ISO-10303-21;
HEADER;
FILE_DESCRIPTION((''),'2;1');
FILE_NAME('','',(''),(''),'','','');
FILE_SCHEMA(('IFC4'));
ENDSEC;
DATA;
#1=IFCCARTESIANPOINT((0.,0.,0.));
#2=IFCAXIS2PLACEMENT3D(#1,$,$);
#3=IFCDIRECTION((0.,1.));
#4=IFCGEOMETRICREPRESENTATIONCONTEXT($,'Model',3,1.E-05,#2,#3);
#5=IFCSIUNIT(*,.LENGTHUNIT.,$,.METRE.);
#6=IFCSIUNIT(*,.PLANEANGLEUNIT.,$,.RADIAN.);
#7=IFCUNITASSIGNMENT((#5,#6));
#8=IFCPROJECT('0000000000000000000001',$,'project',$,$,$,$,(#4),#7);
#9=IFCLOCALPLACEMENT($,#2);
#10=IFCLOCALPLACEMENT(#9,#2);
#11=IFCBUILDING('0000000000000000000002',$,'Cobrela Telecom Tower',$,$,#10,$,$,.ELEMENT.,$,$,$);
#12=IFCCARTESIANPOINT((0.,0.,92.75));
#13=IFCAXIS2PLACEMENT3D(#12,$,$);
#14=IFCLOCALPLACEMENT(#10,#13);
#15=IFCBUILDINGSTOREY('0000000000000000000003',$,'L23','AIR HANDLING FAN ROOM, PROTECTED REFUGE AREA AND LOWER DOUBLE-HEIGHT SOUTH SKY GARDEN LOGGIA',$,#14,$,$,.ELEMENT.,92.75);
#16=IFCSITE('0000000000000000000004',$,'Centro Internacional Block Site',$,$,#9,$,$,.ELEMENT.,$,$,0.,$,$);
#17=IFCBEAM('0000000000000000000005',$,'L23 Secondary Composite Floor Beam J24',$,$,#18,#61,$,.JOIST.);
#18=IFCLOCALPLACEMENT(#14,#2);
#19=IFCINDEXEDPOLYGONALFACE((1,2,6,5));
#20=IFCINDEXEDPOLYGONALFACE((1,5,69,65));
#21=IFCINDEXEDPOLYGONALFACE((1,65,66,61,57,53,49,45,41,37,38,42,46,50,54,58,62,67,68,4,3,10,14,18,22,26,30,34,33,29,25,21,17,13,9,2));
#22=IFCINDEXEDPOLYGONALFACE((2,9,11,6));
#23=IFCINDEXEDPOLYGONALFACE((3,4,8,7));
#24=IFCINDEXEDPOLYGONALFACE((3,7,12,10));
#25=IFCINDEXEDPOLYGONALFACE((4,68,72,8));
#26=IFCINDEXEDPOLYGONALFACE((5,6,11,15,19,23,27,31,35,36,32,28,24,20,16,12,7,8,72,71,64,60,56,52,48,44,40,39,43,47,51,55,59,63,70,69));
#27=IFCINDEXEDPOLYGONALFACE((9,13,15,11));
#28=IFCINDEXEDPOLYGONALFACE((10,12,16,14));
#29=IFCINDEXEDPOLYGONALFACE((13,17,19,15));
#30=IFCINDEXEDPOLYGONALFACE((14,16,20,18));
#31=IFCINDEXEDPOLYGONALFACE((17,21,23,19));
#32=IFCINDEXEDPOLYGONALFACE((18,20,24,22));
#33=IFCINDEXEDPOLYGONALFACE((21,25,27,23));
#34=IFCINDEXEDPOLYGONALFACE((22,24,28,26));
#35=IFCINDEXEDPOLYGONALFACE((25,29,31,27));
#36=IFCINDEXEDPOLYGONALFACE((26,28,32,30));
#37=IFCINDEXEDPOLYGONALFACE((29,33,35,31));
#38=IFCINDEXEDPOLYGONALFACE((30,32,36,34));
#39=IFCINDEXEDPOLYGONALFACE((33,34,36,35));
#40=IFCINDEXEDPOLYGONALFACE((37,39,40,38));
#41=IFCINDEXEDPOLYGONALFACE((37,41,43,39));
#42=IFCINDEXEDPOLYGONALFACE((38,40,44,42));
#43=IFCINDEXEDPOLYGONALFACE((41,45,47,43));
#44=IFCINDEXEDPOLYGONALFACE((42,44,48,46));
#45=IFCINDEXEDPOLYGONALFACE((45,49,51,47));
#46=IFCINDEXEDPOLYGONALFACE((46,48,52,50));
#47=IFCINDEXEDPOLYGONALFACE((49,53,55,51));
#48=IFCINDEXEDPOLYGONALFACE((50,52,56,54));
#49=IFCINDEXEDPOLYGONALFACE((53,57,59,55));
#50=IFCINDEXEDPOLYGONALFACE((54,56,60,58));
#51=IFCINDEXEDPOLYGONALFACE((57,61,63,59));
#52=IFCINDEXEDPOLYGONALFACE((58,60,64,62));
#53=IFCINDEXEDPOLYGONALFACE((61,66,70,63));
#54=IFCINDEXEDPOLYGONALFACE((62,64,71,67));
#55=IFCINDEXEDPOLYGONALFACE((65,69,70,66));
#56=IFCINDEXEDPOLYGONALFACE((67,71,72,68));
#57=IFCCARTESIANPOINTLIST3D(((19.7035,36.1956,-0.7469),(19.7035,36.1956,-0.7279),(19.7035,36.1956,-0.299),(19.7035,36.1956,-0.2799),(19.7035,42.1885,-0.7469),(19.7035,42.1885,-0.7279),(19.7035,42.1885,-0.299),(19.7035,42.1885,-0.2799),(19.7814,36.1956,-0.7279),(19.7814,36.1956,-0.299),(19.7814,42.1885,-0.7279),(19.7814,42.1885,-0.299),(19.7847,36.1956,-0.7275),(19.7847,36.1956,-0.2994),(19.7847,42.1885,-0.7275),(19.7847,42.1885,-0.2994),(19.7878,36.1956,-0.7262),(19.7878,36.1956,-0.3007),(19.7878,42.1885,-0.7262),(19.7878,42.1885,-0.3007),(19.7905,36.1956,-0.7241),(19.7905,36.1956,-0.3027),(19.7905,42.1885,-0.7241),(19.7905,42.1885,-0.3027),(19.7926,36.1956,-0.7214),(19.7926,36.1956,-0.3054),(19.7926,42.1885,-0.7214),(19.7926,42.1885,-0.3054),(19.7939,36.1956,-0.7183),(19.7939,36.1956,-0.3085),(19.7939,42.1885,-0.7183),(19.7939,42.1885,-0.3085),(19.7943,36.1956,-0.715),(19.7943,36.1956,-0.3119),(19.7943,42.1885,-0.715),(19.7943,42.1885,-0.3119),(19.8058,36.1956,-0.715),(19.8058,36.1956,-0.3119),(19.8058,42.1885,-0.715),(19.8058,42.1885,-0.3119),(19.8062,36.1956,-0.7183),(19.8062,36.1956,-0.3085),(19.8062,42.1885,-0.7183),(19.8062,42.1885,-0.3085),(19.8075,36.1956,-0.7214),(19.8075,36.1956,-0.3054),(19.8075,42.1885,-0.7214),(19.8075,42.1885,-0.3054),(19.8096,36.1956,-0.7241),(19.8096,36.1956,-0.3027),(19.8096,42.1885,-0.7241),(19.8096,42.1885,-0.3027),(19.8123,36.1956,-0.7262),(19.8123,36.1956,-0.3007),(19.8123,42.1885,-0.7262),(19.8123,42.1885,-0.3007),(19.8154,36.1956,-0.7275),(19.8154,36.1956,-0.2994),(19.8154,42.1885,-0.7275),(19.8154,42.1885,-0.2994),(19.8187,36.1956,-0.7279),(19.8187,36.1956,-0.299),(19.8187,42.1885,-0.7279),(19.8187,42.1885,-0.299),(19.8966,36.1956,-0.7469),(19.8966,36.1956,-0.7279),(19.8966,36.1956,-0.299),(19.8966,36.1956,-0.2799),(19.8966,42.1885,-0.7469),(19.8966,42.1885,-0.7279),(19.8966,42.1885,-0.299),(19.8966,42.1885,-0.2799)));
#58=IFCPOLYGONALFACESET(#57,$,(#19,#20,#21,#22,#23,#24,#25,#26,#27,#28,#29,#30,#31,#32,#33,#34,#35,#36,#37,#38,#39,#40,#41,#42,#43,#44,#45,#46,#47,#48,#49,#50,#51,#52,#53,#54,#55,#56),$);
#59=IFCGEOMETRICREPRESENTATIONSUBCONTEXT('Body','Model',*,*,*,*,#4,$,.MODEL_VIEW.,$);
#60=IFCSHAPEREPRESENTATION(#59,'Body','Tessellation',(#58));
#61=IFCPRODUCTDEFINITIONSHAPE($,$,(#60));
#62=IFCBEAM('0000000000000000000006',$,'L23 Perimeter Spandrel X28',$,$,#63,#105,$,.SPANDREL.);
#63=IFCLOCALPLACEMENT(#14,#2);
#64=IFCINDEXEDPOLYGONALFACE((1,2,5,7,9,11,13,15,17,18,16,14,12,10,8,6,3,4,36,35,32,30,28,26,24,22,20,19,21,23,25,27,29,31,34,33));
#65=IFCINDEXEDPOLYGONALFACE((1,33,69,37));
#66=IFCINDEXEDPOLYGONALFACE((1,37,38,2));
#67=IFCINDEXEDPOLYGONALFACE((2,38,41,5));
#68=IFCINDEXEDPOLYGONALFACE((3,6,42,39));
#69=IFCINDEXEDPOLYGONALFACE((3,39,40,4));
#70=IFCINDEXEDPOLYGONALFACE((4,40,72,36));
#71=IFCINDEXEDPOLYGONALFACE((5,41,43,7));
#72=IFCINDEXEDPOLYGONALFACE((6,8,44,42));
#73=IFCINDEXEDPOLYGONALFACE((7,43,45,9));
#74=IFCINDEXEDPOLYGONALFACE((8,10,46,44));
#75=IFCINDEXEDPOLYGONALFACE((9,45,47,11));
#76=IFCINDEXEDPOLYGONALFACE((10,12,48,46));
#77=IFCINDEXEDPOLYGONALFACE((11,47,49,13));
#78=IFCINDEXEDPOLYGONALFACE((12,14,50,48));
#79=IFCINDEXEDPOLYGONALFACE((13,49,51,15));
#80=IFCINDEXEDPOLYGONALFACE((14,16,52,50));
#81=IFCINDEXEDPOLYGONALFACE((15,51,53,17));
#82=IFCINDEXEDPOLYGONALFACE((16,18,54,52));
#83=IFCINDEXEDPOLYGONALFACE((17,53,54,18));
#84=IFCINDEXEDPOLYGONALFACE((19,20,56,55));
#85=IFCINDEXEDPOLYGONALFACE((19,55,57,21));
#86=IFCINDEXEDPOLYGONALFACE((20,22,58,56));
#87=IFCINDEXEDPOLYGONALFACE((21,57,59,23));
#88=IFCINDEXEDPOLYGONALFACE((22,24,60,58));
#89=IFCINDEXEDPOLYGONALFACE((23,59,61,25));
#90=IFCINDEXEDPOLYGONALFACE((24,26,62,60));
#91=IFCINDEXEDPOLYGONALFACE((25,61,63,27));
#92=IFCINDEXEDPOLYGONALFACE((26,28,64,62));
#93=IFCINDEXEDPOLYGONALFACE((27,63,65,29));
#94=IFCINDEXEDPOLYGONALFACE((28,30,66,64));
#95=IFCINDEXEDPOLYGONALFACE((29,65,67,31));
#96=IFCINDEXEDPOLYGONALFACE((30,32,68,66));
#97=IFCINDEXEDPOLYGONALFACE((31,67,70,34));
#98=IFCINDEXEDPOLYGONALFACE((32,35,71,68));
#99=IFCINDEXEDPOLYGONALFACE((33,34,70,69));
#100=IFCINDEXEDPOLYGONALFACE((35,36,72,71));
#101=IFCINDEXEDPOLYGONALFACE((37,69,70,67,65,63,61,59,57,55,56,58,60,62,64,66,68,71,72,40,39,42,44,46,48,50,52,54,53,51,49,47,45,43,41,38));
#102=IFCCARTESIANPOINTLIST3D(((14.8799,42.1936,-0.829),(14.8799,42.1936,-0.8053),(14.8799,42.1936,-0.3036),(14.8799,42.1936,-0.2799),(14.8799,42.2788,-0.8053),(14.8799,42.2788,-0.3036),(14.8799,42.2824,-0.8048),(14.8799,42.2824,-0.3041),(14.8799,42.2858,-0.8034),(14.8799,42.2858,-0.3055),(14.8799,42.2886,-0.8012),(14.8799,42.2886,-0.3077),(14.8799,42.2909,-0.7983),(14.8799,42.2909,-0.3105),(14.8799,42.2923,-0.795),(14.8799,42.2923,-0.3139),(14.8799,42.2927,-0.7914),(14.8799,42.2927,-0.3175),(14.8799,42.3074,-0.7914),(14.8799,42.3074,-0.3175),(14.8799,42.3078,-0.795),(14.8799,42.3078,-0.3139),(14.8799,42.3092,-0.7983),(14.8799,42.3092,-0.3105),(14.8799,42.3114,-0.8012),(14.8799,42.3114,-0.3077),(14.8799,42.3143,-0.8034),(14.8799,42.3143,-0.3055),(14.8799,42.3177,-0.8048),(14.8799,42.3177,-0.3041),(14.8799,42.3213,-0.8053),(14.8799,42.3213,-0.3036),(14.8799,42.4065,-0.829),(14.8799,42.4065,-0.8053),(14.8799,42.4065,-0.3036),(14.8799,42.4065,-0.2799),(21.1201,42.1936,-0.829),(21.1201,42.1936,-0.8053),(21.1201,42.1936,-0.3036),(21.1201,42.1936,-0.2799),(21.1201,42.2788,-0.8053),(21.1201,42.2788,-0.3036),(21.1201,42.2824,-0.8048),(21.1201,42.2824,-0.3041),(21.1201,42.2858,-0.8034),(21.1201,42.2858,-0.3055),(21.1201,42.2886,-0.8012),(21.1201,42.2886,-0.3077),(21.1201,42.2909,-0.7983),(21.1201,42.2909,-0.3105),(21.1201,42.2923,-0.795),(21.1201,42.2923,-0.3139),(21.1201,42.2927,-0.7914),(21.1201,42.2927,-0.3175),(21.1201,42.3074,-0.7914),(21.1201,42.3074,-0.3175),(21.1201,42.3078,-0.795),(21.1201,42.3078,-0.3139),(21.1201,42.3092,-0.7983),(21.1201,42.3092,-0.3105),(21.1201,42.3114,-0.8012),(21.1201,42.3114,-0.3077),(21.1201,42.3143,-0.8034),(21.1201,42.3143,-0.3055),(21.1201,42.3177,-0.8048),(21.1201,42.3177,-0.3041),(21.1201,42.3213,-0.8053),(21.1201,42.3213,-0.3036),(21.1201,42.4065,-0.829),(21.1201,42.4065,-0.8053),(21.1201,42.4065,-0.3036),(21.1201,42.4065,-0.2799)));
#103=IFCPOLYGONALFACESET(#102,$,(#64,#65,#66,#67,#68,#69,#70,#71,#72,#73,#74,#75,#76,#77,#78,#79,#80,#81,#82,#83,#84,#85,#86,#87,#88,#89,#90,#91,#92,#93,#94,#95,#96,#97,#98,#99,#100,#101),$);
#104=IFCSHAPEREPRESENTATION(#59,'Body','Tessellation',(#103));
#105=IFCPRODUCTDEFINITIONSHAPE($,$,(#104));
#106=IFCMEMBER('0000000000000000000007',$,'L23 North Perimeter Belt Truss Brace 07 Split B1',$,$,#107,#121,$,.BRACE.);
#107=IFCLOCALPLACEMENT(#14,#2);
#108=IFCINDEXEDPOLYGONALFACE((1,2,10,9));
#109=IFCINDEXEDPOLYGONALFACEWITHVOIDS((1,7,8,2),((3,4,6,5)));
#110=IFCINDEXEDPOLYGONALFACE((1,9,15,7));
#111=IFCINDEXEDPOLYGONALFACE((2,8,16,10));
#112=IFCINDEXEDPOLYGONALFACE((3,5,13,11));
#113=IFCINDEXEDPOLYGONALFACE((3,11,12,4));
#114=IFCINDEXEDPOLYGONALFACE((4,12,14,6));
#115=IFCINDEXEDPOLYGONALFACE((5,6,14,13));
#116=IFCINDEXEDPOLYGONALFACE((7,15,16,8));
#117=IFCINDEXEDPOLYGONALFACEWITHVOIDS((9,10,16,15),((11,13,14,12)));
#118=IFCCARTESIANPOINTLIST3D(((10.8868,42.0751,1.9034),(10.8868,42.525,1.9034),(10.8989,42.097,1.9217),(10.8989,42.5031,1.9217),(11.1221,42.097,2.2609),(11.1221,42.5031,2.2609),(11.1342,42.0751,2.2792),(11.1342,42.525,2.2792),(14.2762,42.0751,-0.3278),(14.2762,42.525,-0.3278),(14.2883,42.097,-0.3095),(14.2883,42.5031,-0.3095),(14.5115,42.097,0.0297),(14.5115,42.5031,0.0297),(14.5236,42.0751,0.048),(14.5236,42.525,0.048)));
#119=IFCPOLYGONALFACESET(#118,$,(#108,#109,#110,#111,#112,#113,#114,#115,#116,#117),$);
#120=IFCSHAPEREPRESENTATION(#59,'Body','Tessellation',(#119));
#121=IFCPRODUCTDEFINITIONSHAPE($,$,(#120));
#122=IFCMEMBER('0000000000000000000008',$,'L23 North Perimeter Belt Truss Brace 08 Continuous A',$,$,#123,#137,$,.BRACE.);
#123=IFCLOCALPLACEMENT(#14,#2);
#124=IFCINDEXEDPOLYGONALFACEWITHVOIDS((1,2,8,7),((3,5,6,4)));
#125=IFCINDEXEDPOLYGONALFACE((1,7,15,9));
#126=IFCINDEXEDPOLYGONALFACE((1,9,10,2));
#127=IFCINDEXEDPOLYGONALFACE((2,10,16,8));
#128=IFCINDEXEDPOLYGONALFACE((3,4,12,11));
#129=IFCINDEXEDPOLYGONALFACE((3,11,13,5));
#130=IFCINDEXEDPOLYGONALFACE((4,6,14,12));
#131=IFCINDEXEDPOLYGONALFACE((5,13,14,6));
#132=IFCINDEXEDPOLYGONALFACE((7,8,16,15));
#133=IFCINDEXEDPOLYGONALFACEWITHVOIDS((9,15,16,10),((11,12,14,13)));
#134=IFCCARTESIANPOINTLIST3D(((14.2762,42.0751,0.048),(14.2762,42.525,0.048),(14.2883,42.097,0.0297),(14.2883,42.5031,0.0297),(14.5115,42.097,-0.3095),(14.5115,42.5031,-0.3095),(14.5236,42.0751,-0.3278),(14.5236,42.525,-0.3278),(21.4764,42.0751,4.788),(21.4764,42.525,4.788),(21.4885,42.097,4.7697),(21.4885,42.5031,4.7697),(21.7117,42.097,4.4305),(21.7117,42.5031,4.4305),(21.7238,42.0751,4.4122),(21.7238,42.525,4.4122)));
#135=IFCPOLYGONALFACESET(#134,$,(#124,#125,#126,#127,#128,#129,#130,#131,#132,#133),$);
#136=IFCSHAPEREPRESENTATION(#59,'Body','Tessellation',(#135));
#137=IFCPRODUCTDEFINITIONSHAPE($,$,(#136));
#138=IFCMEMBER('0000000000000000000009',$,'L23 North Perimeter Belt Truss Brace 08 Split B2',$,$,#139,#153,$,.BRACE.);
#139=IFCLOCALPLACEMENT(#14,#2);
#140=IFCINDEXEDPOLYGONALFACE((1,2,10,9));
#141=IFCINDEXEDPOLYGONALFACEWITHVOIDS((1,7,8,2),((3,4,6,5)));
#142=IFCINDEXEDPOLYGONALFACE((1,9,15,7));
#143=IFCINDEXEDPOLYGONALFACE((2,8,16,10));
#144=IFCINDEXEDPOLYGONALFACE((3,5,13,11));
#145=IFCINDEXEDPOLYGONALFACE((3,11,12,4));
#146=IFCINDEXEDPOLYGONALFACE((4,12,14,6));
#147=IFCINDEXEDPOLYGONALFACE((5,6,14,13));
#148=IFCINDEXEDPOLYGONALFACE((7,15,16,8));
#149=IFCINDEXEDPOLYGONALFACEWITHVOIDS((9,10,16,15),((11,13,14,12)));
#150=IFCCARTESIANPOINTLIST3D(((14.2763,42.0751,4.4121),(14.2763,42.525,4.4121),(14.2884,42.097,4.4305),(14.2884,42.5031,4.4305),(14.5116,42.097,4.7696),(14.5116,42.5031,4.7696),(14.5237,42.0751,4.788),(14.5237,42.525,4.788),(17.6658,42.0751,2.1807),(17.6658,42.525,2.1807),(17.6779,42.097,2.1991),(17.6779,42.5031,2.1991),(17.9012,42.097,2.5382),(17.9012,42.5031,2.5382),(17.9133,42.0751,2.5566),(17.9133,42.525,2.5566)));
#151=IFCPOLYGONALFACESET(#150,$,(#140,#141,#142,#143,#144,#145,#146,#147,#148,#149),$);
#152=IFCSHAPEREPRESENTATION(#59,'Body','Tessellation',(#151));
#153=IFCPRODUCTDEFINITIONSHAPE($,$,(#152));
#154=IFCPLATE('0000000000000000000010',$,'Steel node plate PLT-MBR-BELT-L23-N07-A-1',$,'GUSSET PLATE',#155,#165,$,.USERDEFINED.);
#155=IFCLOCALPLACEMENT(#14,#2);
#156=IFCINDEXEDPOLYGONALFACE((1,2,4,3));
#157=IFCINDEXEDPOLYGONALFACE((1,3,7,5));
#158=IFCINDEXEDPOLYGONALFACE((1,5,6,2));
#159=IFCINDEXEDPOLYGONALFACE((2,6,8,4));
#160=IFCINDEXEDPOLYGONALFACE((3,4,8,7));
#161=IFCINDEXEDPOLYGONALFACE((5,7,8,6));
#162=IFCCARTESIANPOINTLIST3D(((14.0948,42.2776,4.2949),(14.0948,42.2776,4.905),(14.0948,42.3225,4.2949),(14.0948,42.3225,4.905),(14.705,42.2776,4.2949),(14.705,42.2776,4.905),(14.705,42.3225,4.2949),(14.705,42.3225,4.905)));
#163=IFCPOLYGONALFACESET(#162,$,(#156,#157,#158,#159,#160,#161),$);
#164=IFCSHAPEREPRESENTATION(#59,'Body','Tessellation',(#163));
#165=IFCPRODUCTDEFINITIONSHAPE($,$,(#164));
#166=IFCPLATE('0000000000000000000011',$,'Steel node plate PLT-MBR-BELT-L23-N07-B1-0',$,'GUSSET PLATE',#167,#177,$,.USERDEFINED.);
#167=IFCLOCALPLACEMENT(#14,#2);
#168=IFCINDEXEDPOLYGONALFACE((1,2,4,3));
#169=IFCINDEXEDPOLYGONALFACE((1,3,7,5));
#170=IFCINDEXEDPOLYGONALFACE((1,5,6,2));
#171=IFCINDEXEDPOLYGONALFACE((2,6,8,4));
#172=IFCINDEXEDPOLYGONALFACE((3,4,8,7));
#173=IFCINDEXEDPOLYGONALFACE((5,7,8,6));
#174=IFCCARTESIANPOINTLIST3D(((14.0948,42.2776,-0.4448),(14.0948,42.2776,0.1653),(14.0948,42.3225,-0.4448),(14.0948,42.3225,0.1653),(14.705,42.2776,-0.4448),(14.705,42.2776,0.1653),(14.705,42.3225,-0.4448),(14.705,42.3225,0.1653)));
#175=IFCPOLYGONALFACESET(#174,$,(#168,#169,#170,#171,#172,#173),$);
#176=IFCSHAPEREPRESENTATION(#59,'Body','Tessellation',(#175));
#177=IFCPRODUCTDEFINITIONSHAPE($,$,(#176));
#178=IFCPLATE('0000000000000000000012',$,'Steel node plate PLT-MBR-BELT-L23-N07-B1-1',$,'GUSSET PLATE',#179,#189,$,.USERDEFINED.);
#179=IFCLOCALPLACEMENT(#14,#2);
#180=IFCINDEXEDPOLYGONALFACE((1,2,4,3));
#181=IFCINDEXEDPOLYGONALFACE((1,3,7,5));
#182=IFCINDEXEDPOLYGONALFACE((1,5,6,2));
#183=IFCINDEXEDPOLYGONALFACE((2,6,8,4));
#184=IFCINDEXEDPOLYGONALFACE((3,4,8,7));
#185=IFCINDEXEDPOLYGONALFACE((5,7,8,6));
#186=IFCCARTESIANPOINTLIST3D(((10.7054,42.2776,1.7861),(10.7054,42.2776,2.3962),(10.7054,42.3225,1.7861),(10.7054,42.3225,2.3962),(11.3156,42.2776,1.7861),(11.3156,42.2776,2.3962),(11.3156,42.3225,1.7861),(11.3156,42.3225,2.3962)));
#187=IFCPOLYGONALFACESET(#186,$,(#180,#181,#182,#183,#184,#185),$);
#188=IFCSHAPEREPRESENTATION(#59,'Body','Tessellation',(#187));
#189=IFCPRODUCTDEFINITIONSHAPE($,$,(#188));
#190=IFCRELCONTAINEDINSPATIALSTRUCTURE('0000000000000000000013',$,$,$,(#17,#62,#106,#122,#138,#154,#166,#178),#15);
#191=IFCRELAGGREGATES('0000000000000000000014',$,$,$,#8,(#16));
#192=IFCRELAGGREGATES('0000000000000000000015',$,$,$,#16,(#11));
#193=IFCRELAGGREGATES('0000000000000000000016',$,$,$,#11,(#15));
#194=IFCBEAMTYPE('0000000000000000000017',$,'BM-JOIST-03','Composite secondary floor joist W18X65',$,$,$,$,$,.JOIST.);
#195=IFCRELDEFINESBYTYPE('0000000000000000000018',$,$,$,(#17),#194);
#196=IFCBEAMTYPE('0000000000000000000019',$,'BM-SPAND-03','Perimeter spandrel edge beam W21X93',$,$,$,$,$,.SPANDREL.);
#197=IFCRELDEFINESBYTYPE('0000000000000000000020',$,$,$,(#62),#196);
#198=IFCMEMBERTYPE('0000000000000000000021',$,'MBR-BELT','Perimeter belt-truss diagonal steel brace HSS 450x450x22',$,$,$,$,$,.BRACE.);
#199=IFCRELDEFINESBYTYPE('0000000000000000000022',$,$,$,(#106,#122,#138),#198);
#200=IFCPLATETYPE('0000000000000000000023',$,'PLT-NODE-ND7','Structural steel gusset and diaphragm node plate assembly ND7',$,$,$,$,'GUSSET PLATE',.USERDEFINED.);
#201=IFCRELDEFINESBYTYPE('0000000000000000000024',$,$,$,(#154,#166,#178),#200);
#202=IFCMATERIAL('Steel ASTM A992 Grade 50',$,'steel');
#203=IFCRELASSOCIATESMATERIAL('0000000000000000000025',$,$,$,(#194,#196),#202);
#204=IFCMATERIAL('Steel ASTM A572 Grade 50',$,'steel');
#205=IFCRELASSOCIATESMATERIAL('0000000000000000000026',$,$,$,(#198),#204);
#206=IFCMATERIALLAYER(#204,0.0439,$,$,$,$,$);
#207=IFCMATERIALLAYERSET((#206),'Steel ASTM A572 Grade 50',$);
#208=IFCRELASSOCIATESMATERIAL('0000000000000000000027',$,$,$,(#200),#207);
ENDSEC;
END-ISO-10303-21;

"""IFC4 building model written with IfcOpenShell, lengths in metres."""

from ifc_helpers import new_model, si_unit, direction, frame, origin, origin_2d, place, context, subcontext, project, spatial, rectangle, hollow_rectangle, i_section, extrude, material, layer, layer_set, material_profile, profile_set, type_object, element, save


model = new_model("IFC4")

# Units and contexts
model_context = context("Model", 3, precision=1e-05, world=origin(), true_north=direction((0.0, 1.0)))
body_context = subcontext(model_context, "Body", "Model", "MODEL_VIEW")
ifc_project = project(units=[si_unit("LENGTHUNIT", "METRE"), si_unit("PLANEANGLEUNIT", "RADIAN")], contexts=[model_context])

# Site, building, storey
site_placement = place(None, origin())
site = spatial("IfcSite", under=ifc_project, at=site_placement, Name="Centro Internacional Block Site", CompositionType="ELEMENT", RefElevation=0.0)
building_placement = place(site_placement, origin())
building = spatial("IfcBuilding", under=site, at=building_placement, Name="Cobrela Telecom Tower", CompositionType="ELEMENT")
storey_placement = place(building_placement, frame((0.0, 0.0, 92.75)))
storey = spatial("IfcBuildingStorey", under=building, at=storey_placement, Name="L23", Description="AIR HANDLING FAN ROOM, PROTECTED REFUGE AREA AND LOWER DOUBLE-HEIGHT SOUTH SKY GARDEN LOGGIA", CompositionType="ELEMENT", Elevation=92.75)

# Shared definitions
ifc_material_1 = material(Name="Steel ASTM A992 Grade 50", Category="steel")
ifc_material_2 = material(Name="Steel ASTM A572 Grade 50", Category="steel")

# Beams
ifc_material_profile_1 = material_profile(ifc_material_1, i_section(OverallWidth=0.1931, OverallDepth=0.467, WebThickness=0.0115, FlangeThickness=0.019, FilletRadius=0.0129, at=origin_2d()), Name="W18X65")
ifc_profile_set_1 = profile_set([ifc_material_profile_1], Name="Steel ASTM A992 Grade 50")
beam_type_1 = type_object("IfcBeamType", Name="BM-JOIST-03", Description="Composite secondary floor joist W18X65", PredefinedType="JOIST", material=ifc_profile_set_1)
for number, where, z_axis, x_axis, name in (
    (1, (19.8, 36.1956, -0.5134), (0.0, 1.0, 0.0), (-1.0, 0.0, 0.0), "L23 Secondary Composite Floor Beam J24"),
):
    element("IfcBeam", number, at=place(storey_placement, frame(where, z_axis=z_axis, x_axis=x_axis)), inside=storey, type_object=beam_type_1, Name=name, PredefinedType="JOIST", context=body_context, shape_type="SweptSolid", body=[
        extrude(i_section(OverallWidth=0.1931, OverallDepth=0.467, WebThickness=0.0115, FlangeThickness=0.019, FilletRadius=0.0129, at=origin_2d()), origin(), (0.0, 0.0, 1.0), 5.9929),
    ])
ifc_material_profile_2 = material_profile(ifc_material_1, i_section(OverallWidth=0.2129, OverallDepth=0.5491, WebThickness=0.0146, FlangeThickness=0.0237, FilletRadius=0.0139, at=origin_2d()), Name="W21X93")
ifc_profile_set_2 = profile_set([ifc_material_profile_2], Name="Steel ASTM A992 Grade 50")
beam_type_2 = type_object("IfcBeamType", Name="BM-SPAND-03", Description="Perimeter spandrel edge beam W21X93", PredefinedType="SPANDREL", material=ifc_profile_set_2)
beam_1_placement = place(storey_placement, frame((14.8799, 42.3, -0.5544), z_axis=(1.0, 0.0, 0.0), x_axis=(0.0, 1.0, 0.0)))
element("IfcBeam", 2, at=beam_1_placement, inside=storey, type_object=beam_type_2, Name="L23 Perimeter Spandrel X28", PredefinedType="SPANDREL", context=body_context, shape_type="SweptSolid", body=[
    extrude(i_section(OverallWidth=0.2129, OverallDepth=0.5491, WebThickness=0.0146, FlangeThickness=0.0237, FilletRadius=0.0139, at=origin_2d()), origin(), (0.0, 0.0, 1.0), 6.2402),
])

# Members
ifc_material_profile_3 = material_profile(ifc_material_2, hollow_rectangle(XDim=0.45, YDim=0.45, WallThickness=0.022, at=origin_2d()), Name="HSS 450x450x22")
ifc_profile_set_3 = profile_set([ifc_material_profile_3], Name="Steel ASTM A572 Grade 50")
member_type = type_object("IfcMemberType", Name="MBR-BELT", Description="Perimeter belt-truss diagonal steel brace HSS 450x450x22", PredefinedType="BRACE", material=ifc_profile_set_3)
member_1_placement = place(storey_placement, frame((14.3999, 42.3, -0.1399), z_axis=(-0.835267, 0.0, 0.549845), x_axis=(0.0, -1.0, 0.0)))
element("IfcMember", 3, at=member_1_placement, inside=storey, type_object=member_type, Name="L23 North Perimeter Belt Truss Brace 07 Split B1", PredefinedType="BRACE", context=body_context, shape_type="SweptSolid", body=[
    extrude(hollow_rectangle(XDim=0.45, YDim=0.45, WallThickness=0.022, at=origin_2d()), origin(), (0.0, 0.0, 1.0), 4.0579),
])
member_2_placement = place(storey_placement, frame((14.3999, 42.3, -0.1399), z_axis=(0.835256, 0.0, 0.549861), x_axis=(0.0, 1.0, 0.0)))
element("IfcMember", 4, at=member_2_placement, inside=storey, type_object=member_type, Name="L23 North Perimeter Belt Truss Brace 08 Continuous A", PredefinedType="BRACE", context=body_context, shape_type="SweptSolid", body=[
    extrude(hollow_rectangle(XDim=0.45, YDim=0.45, WallThickness=0.022, at=origin_2d()), origin(), (0.0, 0.0, 1.0), 8.6204),
])
member_3_placement = place(storey_placement, frame((17.7896, 42.3, 2.3687), z_axis=(-0.835257, 0.0, 0.54986), x_axis=(0.0, -1.0, 0.0)))
element("IfcMember", 5, at=member_3_placement, inside=storey, type_object=member_type, Name="L23 North Perimeter Belt Truss Brace 08 Split B2", PredefinedType="BRACE", context=body_context, shape_type="SweptSolid", body=[
    extrude(hollow_rectangle(XDim=0.45, YDim=0.45, WallThickness=0.022, at=origin_2d()), origin(), (0.0, 0.0, 1.0), 4.0581),
])

# Plates
ifc_layer_1 = layer(ifc_material_2, 0.0439)
ifc_layer_set_1 = layer_set([ifc_layer_1], Name="Steel ASTM A572 Grade 50")
plate_type = type_object("IfcPlateType", Name="PLT-NODE-ND7", Description="Structural steel gusset and diaphragm node plate assembly ND7", ElementType="GUSSET PLATE", PredefinedType="USERDEFINED", material=ifc_layer_set_1)
for number, where, z_axis, x_axis, name in (
    (6, (14.3999, 42.3, 4.2949), (0.0, 0.0, 1.0), (1.0, 0.0, 0.0), "Steel node plate PLT-MBR-BELT-L23-N07-A-1"),
    (7, (14.3999, 42.3, -0.4448), (0.0, 0.0, 1.0), (-1.0, 0.0, 0.0), "Steel node plate PLT-MBR-BELT-L23-N07-B1-0"),
    (8, (11.0105, 42.3, 1.7861), (0.0, 0.0, 1.0), (-1.0, 0.0, 0.0), "Steel node plate PLT-MBR-BELT-L23-N07-B1-1"),
):
    element("IfcPlate", number, at=place(storey_placement, frame(where, z_axis=z_axis, x_axis=x_axis)), inside=storey, type_object=plate_type, Name=name, ObjectType="GUSSET PLATE", PredefinedType="USERDEFINED", context=body_context, shape_type="SweptSolid", body=[
        extrude(rectangle(XDim=0.6101, YDim=0.0449, at=origin_2d()), origin(), (0.0, 0.0, 1.0), 0.6101),
    ])

save(model, "model.ifc")
